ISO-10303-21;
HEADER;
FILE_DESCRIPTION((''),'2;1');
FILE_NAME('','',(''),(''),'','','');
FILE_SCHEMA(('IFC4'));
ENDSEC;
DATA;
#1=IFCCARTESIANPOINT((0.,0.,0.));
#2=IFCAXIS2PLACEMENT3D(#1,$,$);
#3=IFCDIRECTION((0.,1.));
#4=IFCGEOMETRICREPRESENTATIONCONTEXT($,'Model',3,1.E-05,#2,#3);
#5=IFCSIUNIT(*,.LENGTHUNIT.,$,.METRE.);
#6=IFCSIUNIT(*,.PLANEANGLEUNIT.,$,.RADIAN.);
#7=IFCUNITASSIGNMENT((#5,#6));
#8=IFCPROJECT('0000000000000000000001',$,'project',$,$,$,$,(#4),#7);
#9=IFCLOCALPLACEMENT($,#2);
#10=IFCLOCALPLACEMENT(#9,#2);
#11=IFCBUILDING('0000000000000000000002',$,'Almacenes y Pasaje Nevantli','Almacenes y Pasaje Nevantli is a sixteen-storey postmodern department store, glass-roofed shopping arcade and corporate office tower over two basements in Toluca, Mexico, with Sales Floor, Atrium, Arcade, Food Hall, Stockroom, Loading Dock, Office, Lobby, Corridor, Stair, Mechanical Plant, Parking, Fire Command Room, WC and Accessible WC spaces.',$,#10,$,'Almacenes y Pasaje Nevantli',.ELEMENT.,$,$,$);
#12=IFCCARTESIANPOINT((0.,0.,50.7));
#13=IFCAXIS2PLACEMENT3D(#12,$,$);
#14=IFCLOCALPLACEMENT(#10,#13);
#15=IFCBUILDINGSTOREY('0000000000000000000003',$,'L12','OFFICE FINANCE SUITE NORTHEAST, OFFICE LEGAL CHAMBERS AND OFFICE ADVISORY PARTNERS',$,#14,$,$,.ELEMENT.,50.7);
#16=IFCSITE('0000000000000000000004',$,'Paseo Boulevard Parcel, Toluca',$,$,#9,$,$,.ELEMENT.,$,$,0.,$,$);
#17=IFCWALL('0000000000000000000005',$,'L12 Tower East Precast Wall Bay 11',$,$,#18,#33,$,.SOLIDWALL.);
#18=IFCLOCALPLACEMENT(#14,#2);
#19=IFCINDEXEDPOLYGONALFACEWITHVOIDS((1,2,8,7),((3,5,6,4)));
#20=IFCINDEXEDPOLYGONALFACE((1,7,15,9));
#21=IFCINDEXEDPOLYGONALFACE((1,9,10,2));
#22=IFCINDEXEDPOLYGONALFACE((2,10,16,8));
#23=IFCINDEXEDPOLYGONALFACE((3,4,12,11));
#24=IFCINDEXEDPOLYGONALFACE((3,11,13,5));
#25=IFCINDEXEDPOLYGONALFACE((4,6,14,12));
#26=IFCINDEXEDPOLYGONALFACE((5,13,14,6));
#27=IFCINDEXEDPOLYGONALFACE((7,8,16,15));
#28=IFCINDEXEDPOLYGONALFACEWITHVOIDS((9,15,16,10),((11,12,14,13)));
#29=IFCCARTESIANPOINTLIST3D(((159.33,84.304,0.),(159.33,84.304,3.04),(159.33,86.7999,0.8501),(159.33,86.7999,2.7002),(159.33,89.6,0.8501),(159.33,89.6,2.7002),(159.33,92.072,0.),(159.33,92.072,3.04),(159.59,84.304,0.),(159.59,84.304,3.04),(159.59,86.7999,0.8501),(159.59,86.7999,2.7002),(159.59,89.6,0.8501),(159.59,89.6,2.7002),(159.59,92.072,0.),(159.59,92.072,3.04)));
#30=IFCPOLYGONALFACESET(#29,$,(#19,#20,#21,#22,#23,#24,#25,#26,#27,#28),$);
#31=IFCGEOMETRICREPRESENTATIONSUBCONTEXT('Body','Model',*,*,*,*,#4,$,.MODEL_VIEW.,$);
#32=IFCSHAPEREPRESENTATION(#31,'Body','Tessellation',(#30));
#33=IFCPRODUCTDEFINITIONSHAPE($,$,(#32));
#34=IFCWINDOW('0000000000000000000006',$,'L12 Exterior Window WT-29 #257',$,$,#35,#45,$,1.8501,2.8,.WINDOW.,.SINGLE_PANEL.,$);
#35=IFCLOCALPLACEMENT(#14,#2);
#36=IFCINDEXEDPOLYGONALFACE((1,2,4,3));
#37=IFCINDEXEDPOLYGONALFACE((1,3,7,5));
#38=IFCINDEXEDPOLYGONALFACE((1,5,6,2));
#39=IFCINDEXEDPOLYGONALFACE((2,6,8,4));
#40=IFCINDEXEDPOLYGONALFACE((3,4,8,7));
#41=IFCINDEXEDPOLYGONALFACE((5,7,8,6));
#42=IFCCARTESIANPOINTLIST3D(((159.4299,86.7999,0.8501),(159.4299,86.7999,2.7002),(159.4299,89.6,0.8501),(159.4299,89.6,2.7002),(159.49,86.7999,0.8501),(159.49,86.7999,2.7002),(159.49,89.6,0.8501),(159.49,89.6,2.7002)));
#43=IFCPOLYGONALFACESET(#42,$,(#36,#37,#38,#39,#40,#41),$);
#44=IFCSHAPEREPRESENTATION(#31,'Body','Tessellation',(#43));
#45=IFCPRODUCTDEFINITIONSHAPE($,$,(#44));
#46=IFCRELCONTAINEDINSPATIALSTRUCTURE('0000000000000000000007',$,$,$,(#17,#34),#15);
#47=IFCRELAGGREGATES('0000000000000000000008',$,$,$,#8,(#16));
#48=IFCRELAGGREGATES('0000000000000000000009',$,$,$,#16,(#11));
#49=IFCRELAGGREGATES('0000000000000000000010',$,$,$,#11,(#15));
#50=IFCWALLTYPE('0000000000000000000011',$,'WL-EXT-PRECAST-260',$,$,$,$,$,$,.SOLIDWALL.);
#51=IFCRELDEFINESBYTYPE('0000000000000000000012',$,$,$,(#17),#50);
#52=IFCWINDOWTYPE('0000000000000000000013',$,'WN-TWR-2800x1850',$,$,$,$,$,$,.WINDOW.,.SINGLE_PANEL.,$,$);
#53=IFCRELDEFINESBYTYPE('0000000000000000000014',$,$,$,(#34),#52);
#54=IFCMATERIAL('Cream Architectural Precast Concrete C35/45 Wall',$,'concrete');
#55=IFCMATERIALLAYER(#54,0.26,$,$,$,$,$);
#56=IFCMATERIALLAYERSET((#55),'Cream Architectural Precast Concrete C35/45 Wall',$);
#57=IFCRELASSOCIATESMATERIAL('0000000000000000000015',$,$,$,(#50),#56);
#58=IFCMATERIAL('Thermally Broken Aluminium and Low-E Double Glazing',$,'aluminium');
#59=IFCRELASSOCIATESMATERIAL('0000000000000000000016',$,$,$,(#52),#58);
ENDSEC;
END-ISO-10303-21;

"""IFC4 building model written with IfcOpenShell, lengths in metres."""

from ifc_helpers import new_model, si_unit, direction, frame, frame_2d, origin, place, context, subcontext, project, spatial, rectangle, extrude, material, layer, layer_set, type_object, element, fill, save


model = new_model("IFC4")

# Units and contexts
model_context = context("Model", 3, precision=1e-05, world=origin(), true_north=direction((0.0, 1.0)))
body_context = subcontext(model_context, "Body", "Model", "MODEL_VIEW")
ifc_project = project(units=[si_unit("LENGTHUNIT", "METRE"), si_unit("PLANEANGLEUNIT", "RADIAN")], contexts=[model_context])

# Site, building, storey
site_placement = place(None, origin())
site = spatial("IfcSite", under=ifc_project, at=site_placement, Name="Paseo Boulevard Parcel, Toluca", CompositionType="ELEMENT", RefElevation=0.0)
building_placement = place(site_placement, origin())
building = spatial("IfcBuilding", under=site, at=building_placement, Name="Almacenes y Pasaje Nevantli", Description="Almacenes y Pasaje Nevantli is a sixteen-storey postmodern department store, glass-roofed shopping arcade and corporate office tower over two basements in Toluca, Mexico, with Sales Floor, Atrium, Arcade, Food Hall, Stockroom, Loading Dock, Office, Lobby, Corridor, Stair, Mechanical Plant, Parking, Fire Command Room, WC and Accessible WC spaces.", LongName="Almacenes y Pasaje Nevantli", CompositionType="ELEMENT")
storey_placement = place(building_placement, frame((0.0, 0.0, 50.7)))
storey = spatial("IfcBuildingStorey", under=building, at=storey_placement, Name="L12", Description="OFFICE FINANCE SUITE NORTHEAST, OFFICE LEGAL CHAMBERS AND OFFICE ADVISORY PARTNERS", CompositionType="ELEMENT", Elevation=50.7)

# Wall, opening, window
ifc_material_1 = material(Name="Cream Architectural Precast Concrete C35/45 Wall", Category="concrete")
ifc_layer_1 = layer(ifc_material_1, 0.26)
ifc_layer_set_1 = layer_set([ifc_layer_1], Name="Cream Architectural Precast Concrete C35/45 Wall")
wall_type = type_object("IfcWallType", Name="WL-EXT-PRECAST-260", PredefinedType="SOLIDWALL", material=ifc_layer_set_1)
wall_placement = place(storey_placement, frame((159.46, 84.304, 0.0), z_axis=(0.0, 0.0, 1.0), x_axis=(0.0, 1.0, 0.0)))
wall = element("IfcWall", 1, at=wall_placement, inside=storey, type_object=wall_type, Name="L12 Tower East Precast Wall Bay 11", PredefinedType="SOLIDWALL", context=body_context, shape_type="SweptSolid", body=[
    extrude(rectangle(XDim=7.7681, YDim=0.26, at=frame_2d((3.884, 0.0))), origin(), (0.0, 0.0, 1.0), 3.04),
])
opening_placement = place(wall_placement, frame((2.4961, 0.0, 0.8501)))
opening = element("IfcOpeningElement", 2, at=opening_placement, cuts=wall, PredefinedType="OPENING", context=body_context, shape_type="SweptSolid", body=[
    extrude(rectangle(XDim=2.8, YDim=1.8501, at=frame_2d((1.3999, 0.925))), frame((0.0, 0.1399, 0.0), z_axis=(0.0, -1.0, 0.0), x_axis=(1.0, 0.0, 0.0)), (0.0, 0.0, 1.0), 0.28),
])
ifc_material_2 = material(Name="Thermally Broken Aluminium and Low-E Double Glazing", Category="aluminium")
window_type = type_object("IfcWindowType", Name="WN-TWR-2800x1850", PartitioningType="SINGLE_PANEL", PredefinedType="WINDOW", material=ifc_material_2)
window_placement = place(opening_placement, origin())
window = element("IfcWindow", 3, at=window_placement, inside=storey, type_object=window_type, Name="L12 Exterior Window WT-29 #257", OverallHeight=1.8501, OverallWidth=2.8, PartitioningType="SINGLE_PANEL", PredefinedType="WINDOW", context=body_context, shape_type="SweptSolid", body=[
    extrude(rectangle(XDim=2.8, YDim=1.8501, at=frame_2d((1.3999, 0.925))), frame((0.0, 0.03, 0.0), z_axis=(0.0, -1.0, 0.0), x_axis=(1.0, 0.0, 0.0)), (0.0, 0.0, 1.0), 0.0601),
])
fill(opening, window)

save(model, "model.ifc")
